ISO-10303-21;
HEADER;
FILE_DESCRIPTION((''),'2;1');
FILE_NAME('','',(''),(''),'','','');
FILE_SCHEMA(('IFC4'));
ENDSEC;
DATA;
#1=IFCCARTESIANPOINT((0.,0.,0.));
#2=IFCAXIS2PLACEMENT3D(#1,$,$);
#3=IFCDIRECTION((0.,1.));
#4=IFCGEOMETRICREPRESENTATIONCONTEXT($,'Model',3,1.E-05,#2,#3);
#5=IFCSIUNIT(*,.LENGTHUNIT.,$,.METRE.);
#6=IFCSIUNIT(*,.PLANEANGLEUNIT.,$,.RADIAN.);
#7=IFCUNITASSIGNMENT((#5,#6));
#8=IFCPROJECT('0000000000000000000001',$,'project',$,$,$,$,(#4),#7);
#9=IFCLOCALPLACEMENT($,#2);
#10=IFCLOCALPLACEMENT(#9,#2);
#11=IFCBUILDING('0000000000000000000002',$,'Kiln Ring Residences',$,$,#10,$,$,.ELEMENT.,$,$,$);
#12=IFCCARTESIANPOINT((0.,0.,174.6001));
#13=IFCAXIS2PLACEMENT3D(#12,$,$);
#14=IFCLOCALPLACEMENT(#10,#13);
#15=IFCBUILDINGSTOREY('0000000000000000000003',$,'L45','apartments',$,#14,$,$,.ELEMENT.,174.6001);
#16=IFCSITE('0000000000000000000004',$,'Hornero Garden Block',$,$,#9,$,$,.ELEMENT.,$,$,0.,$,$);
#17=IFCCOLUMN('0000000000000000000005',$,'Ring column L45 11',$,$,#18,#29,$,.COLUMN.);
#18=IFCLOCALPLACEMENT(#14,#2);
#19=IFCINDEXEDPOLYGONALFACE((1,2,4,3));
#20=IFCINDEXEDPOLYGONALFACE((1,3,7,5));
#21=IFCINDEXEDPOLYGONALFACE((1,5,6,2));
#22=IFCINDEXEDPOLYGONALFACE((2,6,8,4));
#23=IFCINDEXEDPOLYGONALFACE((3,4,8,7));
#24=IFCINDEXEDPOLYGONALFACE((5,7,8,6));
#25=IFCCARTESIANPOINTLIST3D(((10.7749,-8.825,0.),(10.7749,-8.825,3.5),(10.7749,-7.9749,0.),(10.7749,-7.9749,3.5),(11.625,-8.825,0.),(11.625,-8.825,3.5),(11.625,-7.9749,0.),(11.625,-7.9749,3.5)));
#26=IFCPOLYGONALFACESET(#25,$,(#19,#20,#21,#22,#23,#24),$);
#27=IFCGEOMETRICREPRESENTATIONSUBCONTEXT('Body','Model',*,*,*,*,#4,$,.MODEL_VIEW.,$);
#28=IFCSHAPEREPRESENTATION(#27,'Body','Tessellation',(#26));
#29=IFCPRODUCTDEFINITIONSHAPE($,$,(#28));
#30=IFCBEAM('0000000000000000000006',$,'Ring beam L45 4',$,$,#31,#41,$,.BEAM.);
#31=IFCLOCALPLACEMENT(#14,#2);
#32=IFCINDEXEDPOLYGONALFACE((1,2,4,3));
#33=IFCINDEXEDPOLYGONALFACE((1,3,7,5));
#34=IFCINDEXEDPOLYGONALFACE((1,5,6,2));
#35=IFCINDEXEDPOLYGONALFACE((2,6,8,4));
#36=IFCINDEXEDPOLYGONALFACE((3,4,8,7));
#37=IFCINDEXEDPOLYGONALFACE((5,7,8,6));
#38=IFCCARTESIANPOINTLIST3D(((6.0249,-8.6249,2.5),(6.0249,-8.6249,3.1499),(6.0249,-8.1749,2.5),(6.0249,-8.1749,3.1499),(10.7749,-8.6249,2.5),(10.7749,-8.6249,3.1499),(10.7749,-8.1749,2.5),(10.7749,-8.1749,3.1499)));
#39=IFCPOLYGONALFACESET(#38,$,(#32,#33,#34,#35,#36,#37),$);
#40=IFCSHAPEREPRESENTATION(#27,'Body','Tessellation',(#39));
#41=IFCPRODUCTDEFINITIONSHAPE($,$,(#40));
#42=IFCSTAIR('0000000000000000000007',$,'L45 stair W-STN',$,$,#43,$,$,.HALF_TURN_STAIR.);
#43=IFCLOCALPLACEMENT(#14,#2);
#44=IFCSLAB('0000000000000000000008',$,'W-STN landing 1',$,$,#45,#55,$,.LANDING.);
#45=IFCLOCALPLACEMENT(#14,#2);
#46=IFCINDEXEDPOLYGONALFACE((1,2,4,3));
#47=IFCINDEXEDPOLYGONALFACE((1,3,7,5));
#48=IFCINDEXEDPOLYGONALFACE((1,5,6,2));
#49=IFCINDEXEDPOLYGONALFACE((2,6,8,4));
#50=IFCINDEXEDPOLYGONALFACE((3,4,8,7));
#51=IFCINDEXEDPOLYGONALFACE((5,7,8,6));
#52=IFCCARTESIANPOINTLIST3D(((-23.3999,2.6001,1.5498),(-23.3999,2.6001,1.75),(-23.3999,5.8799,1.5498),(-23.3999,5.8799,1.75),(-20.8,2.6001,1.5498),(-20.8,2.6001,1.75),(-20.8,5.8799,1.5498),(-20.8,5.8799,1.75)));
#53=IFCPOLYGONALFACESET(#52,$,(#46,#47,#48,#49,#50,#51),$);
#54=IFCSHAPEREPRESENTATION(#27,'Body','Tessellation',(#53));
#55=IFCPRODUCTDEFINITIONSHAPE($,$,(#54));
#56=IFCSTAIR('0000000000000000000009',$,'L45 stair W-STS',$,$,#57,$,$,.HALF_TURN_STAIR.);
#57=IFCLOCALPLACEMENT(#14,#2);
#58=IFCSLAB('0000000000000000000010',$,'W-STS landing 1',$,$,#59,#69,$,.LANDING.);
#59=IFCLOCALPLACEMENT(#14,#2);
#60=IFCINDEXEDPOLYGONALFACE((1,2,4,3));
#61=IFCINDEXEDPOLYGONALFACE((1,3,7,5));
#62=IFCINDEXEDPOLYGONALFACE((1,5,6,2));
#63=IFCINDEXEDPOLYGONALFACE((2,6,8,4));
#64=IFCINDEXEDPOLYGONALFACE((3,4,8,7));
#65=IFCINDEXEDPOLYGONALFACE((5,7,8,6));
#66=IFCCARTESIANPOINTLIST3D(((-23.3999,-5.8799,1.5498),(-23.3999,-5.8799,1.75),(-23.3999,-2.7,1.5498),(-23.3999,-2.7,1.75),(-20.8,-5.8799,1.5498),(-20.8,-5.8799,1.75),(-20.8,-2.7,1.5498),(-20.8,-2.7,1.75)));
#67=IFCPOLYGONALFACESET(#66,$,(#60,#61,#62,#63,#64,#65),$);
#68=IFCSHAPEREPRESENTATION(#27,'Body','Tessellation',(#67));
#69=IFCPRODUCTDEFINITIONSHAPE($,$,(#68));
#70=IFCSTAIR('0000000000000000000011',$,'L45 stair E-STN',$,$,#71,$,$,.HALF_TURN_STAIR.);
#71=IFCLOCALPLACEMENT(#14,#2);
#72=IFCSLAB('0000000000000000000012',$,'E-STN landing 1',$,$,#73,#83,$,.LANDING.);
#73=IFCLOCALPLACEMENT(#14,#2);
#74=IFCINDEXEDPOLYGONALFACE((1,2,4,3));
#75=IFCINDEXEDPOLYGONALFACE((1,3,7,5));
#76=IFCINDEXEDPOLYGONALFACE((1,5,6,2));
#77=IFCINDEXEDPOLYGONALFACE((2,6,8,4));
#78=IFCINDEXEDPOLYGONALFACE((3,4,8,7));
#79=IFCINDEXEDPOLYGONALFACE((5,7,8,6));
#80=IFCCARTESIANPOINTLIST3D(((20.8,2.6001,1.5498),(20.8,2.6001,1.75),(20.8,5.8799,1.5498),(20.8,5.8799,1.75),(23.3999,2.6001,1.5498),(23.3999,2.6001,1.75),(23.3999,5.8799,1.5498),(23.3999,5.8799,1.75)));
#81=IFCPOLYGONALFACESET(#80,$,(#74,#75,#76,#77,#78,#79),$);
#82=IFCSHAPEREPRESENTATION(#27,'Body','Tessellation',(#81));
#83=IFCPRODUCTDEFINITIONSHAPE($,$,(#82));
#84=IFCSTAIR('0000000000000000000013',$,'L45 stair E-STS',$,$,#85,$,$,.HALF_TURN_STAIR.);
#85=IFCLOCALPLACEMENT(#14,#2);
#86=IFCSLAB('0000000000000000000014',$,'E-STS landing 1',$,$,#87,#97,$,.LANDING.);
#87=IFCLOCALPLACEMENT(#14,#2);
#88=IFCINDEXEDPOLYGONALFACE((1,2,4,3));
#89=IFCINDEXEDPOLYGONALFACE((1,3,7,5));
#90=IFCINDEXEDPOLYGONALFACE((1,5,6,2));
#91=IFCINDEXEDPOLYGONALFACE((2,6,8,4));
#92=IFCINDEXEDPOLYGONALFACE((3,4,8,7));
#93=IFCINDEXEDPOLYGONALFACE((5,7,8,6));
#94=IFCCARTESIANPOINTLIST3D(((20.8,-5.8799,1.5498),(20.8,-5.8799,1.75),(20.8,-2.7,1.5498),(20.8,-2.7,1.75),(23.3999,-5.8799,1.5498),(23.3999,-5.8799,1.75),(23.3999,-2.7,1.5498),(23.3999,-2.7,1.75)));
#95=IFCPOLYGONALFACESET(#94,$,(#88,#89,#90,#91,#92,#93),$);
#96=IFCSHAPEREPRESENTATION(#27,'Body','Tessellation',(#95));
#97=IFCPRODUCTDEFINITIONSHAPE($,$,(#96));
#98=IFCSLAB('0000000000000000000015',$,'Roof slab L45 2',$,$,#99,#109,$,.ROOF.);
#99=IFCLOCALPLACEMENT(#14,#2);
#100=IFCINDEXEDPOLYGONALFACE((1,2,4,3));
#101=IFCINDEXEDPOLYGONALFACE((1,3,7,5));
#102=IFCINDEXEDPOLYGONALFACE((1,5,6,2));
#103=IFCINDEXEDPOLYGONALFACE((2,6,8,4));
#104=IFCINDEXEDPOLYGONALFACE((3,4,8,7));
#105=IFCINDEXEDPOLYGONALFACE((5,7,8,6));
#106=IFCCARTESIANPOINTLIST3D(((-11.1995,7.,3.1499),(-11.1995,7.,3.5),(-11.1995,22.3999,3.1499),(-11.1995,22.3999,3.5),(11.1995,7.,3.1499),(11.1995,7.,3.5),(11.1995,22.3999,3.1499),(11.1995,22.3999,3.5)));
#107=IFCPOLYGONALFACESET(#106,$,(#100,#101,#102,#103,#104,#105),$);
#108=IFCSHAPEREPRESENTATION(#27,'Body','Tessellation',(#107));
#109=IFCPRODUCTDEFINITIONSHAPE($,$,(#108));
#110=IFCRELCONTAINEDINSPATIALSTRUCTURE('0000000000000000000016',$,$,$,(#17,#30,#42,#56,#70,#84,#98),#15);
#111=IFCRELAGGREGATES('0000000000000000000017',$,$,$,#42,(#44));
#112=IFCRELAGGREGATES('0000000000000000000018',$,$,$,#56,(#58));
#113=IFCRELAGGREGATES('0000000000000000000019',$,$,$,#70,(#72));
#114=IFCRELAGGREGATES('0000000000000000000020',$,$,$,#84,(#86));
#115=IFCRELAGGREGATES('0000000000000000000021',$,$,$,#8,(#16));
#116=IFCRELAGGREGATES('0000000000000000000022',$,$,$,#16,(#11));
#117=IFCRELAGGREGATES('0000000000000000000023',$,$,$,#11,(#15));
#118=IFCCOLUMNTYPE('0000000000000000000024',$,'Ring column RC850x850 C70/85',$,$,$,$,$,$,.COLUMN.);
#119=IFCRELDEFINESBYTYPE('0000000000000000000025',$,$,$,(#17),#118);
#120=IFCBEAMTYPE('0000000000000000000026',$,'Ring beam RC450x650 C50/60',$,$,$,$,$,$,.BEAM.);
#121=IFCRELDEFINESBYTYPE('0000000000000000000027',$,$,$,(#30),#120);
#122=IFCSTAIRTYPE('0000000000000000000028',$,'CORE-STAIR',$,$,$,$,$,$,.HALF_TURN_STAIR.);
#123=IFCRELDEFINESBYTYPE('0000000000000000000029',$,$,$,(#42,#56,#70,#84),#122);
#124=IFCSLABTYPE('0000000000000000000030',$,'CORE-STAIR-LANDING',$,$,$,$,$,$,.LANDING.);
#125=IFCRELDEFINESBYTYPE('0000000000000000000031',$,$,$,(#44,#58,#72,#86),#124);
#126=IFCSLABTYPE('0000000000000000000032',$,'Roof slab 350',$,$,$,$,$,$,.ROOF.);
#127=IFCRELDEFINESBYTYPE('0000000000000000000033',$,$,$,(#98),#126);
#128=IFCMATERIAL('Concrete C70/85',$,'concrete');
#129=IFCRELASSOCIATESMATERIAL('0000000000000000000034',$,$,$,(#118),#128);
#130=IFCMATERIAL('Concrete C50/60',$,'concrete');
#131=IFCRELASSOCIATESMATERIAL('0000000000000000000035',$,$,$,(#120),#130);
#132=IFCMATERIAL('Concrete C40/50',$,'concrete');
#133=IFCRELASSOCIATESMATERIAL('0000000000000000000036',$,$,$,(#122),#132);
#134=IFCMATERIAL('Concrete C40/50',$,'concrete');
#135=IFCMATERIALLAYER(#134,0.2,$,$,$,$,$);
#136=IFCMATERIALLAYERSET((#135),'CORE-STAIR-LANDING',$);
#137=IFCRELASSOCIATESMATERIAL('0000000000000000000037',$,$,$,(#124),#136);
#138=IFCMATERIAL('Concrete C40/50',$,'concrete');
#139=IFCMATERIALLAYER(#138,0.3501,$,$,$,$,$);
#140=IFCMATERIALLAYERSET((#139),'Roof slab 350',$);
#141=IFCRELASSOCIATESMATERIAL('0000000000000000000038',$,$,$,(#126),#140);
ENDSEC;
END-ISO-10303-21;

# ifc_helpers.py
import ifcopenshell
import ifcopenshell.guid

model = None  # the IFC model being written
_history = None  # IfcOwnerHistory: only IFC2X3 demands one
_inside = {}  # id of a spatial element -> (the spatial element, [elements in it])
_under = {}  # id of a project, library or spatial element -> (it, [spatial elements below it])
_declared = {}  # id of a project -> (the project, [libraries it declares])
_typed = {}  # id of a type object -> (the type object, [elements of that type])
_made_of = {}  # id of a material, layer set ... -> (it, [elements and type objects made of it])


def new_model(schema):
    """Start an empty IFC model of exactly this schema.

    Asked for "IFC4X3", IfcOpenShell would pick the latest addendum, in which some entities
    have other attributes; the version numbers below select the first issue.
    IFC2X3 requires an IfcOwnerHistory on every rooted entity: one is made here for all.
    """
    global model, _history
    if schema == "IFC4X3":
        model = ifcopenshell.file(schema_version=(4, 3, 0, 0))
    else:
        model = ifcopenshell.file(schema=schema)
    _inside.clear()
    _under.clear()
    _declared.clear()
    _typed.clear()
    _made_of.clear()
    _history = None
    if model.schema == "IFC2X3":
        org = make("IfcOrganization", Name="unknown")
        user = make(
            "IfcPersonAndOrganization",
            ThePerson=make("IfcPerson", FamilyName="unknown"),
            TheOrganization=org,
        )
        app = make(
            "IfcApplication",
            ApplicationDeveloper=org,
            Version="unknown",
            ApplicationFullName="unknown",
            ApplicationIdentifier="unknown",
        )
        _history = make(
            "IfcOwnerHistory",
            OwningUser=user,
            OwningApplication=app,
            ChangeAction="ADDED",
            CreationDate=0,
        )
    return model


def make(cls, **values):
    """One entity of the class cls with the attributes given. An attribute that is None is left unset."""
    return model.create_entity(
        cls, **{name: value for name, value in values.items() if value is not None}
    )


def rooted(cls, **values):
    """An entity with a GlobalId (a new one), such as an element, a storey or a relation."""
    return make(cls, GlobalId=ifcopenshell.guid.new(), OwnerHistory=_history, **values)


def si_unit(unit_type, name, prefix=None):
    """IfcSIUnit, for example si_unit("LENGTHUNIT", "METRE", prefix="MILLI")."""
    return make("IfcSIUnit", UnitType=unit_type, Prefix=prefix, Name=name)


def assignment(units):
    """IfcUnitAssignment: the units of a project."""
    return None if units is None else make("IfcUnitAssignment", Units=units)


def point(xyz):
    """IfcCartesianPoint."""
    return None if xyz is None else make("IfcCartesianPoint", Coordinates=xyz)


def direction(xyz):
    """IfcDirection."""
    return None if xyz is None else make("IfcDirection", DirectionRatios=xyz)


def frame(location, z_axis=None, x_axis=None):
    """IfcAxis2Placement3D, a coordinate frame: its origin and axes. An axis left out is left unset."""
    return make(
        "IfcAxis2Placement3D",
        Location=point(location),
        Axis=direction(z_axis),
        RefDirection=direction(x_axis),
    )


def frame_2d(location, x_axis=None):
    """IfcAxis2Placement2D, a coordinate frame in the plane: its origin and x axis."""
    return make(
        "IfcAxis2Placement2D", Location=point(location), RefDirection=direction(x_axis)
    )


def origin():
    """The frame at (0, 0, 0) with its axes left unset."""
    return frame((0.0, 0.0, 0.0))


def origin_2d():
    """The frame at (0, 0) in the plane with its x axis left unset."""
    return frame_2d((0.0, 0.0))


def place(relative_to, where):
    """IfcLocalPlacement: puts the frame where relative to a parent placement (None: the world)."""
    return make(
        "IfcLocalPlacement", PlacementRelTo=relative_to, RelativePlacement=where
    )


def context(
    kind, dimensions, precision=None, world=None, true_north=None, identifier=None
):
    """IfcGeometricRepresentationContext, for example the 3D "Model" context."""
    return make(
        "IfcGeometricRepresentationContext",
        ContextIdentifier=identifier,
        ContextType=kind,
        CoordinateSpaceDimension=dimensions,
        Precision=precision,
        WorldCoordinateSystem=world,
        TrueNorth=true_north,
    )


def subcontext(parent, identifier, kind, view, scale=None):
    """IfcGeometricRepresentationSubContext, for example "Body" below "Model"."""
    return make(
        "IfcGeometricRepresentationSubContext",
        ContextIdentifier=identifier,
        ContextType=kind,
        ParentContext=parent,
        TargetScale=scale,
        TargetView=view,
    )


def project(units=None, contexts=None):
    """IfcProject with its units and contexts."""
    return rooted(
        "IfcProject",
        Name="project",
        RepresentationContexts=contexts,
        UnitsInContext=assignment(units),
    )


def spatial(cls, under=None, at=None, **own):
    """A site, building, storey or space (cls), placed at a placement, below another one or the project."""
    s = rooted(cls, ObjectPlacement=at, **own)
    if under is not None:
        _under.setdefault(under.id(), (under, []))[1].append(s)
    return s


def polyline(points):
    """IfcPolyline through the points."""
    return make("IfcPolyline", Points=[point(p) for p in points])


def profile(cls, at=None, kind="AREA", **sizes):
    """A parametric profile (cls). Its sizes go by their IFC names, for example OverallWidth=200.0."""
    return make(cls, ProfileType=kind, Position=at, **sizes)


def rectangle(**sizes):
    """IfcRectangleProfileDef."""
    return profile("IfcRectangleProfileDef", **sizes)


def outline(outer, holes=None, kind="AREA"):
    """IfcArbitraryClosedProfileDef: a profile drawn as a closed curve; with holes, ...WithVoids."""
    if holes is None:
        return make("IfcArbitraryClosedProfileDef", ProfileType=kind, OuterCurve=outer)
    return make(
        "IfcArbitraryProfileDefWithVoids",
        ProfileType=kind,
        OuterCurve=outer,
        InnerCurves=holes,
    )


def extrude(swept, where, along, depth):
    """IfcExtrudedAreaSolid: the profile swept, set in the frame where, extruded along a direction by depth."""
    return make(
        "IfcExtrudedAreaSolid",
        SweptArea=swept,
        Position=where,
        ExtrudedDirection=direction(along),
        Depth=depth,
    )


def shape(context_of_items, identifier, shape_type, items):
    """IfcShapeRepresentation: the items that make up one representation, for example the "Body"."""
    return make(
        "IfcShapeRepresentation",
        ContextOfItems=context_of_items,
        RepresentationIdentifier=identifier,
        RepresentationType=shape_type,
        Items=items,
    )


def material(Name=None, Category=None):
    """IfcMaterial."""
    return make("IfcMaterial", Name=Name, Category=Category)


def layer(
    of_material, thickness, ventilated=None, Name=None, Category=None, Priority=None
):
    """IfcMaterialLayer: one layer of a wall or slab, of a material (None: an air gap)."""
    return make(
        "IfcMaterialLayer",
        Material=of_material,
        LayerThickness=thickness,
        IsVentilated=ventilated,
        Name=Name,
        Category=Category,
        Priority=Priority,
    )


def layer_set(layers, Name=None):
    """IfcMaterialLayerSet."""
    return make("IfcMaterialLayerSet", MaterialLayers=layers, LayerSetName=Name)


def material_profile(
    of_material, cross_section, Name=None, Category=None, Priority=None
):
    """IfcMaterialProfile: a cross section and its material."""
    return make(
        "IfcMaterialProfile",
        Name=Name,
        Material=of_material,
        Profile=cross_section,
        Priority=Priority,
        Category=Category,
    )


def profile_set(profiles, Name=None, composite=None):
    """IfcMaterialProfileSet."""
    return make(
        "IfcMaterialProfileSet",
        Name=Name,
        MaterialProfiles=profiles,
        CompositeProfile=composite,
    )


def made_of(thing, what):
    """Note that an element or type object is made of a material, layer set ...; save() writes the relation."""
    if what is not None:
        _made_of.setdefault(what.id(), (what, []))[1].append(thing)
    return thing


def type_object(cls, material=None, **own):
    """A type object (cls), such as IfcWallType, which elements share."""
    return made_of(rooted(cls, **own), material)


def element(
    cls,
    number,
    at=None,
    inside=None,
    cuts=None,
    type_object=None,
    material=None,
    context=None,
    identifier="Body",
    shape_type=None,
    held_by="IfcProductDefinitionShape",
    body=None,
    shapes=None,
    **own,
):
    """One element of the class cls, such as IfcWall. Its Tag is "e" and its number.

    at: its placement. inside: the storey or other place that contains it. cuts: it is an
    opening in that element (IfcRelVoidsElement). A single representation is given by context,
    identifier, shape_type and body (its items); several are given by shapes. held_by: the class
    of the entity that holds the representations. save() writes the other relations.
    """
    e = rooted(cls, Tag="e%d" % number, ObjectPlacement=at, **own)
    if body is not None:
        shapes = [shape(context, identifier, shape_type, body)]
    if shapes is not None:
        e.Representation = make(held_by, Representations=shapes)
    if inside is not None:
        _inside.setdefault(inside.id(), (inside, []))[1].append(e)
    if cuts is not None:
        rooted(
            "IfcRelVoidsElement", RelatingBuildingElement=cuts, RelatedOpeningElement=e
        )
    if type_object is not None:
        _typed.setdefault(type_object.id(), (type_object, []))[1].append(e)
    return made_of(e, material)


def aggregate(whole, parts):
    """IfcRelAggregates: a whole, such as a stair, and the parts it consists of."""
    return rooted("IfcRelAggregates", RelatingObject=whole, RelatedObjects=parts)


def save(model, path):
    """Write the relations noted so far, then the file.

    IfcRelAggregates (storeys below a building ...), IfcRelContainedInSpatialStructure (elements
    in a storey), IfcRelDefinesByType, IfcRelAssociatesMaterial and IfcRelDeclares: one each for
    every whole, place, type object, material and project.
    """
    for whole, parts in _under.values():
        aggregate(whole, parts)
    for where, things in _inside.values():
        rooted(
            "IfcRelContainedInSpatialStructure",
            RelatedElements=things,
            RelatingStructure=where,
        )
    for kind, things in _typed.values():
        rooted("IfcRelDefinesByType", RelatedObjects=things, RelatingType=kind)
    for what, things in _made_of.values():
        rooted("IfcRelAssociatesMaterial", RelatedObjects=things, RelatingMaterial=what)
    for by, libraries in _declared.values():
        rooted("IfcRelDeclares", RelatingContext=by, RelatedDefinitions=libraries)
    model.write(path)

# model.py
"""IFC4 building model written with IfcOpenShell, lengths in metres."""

from ifc_helpers import new_model, si_unit, direction, frame, origin, origin_2d, place, context, subcontext, project, spatial, polyline, rectangle, outline, extrude, material, layer, layer_set, material_profile, profile_set, type_object, element, aggregate, save


model = new_model("IFC4")

# Units and contexts
model_context = context("Model", 3, precision=1e-05, world=origin(), true_north=direction((0.0, 1.0)))
body_context = subcontext(model_context, "Body", "Model", "MODEL_VIEW")
ifc_project = project(units=[si_unit("LENGTHUNIT", "METRE"), si_unit("PLANEANGLEUNIT", "RADIAN")], contexts=[model_context])

# Site, building, storey
site_placement = place(None, origin())
site = spatial("IfcSite", under=ifc_project, at=site_placement, Name="Hornero Garden Block", CompositionType="ELEMENT", RefElevation=0.0)
building_placement = place(site_placement, origin())
building = spatial("IfcBuilding", under=site, at=building_placement, Name="Kiln Ring Residences", CompositionType="ELEMENT")
storey_placement = place(building_placement, frame((0.0, 0.0, 174.6001)))
storey = spatial("IfcBuildingStorey", under=building, at=storey_placement, Name="L45", Description="apartments", CompositionType="ELEMENT", Elevation=174.6001)

# Column
ifc_material_1 = material(Name="Concrete C70/85", Category="concrete")
ifc_material_profile_1 = material_profile(ifc_material_1, rectangle(XDim=0.8501, YDim=0.8501, at=origin_2d()), Name="RC850x850")
ifc_profile_set_1 = profile_set([ifc_material_profile_1], Name="Concrete C70/85")
column_type = type_object("IfcColumnType", Name="Ring column RC850x850 C70/85", PredefinedType="COLUMN", material=ifc_profile_set_1)
column_placement = place(storey_placement, frame((11.2, -8.3999, 0.0), z_axis=(0.0, 0.0, 1.0), x_axis=(1.0, 0.0, 0.0)))
element("IfcColumn", 1, at=column_placement, inside=storey, type_object=column_type, Name="Ring column L45 11", PredefinedType="COLUMN", context=body_context, shape_type="SweptSolid", body=[
    extrude(rectangle(XDim=0.8501, YDim=0.8501, at=origin_2d()), origin(), (0.0, 0.0, 1.0), 3.5),
])

# Beam
ifc_material_2 = material(Name="Concrete C50/60", Category="concrete")
ifc_material_profile_2 = material_profile(ifc_material_2, rectangle(XDim=0.45, YDim=0.6499, at=origin_2d()), Name="RC450x650")
ifc_profile_set_2 = profile_set([ifc_material_profile_2], Name="Concrete C50/60")
beam_type = type_object("IfcBeamType", Name="Ring beam RC450x650 C50/60", PredefinedType="BEAM", material=ifc_profile_set_2)
beam_placement = place(storey_placement, frame((6.0249, -8.3999, 2.825), z_axis=(1.0, 0.0, 0.0), x_axis=(0.0, 1.0, 0.0)))
element("IfcBeam", 2, at=beam_placement, inside=storey, type_object=beam_type, Name="Ring beam L45 4", PredefinedType="BEAM", context=body_context, shape_type="SweptSolid", body=[
    extrude(rectangle(XDim=0.45, YDim=0.6499, at=origin_2d()), origin(), (0.0, 0.0, 1.0), 4.75),
])

# Stairs, slabs
ifc_material_3 = material(Name="Concrete C40/50", Category="concrete")
stair_type = type_object("IfcStairType", Name="CORE-STAIR", PredefinedType="HALF_TURN_STAIR", material=ifc_material_3)
placement_1 = place(storey_placement, origin())
stair_1 = element("IfcStair", 3, at=placement_1, inside=storey, type_object=stair_type, Name="L45 stair W-STN", PredefinedType="HALF_TURN_STAIR")
ifc_material_4 = material(Name="Concrete C40/50", Category="concrete")
ifc_layer_1 = layer(ifc_material_4, 0.2)
ifc_layer_set_1 = layer_set([ifc_layer_1], Name="CORE-STAIR-LANDING")
slab_type_1 = type_object("IfcSlabType", Name="CORE-STAIR-LANDING", PredefinedType="LANDING", material=ifc_layer_set_1)
placement_2 = place(storey_placement, frame((0.0, 0.0, 1.5498)))
slab_1 = element("IfcSlab", 4, at=placement_2, type_object=slab_type_1, Name="W-STN landing 1", PredefinedType="LANDING", context=body_context, shape_type="SweptSolid", body=[
    extrude(outline(polyline([(-23.3999, 5.8799), (-23.3999, 2.6001), (-20.8, 2.6001), (-20.8, 5.8799), (-23.3999, 5.8799)])), origin(), (0.0, 0.0, 1.0), 0.2002),
])
aggregate(stair_1, [slab_1])
stair_2 = element("IfcStair", 5, at=placement_1, inside=storey, type_object=stair_type, Name="L45 stair W-STS", PredefinedType="HALF_TURN_STAIR")
slab_2 = element("IfcSlab", 6, at=placement_2, type_object=slab_type_1, Name="W-STS landing 1", PredefinedType="LANDING", context=body_context, shape_type="SweptSolid", body=[
    extrude(outline(polyline([(-20.8, -5.8799), (-20.8, -2.7), (-23.3999, -2.7), (-23.3999, -5.8799), (-20.8, -5.8799)])), origin(), (0.0, 0.0, 1.0), 0.2002),
])
aggregate(stair_2, [slab_2])
stair_3 = element("IfcStair", 7, at=placement_1, inside=storey, type_object=stair_type, Name="L45 stair E-STN", PredefinedType="HALF_TURN_STAIR")
slab_3 = element("IfcSlab", 8, at=placement_2, type_object=slab_type_1, Name="E-STN landing 1", PredefinedType="LANDING", context=body_context, shape_type="SweptSolid", body=[
    extrude(outline(polyline([(20.8, 5.8799), (20.8, 2.6001), (23.3999, 2.6001), (23.3999, 5.8799), (20.8, 5.8799)])), origin(), (0.0, 0.0, 1.0), 0.2002),
])
aggregate(stair_3, [slab_3])
stair_4 = element("IfcStair", 9, at=placement_1, inside=storey, type_object=stair_type, Name="L45 stair E-STS", PredefinedType="HALF_TURN_STAIR")
slab_4 = element("IfcSlab", 10, at=placement_2, type_object=slab_type_1, Name="E-STS landing 1", PredefinedType="LANDING", context=body_context, shape_type="SweptSolid", body=[
    extrude(outline(polyline([(23.3999, -5.8799), (23.3999, -2.7), (20.8, -2.7), (20.8, -5.8799), (23.3999, -5.8799)])), origin(), (0.0, 0.0, 1.0), 0.2002),
])
aggregate(stair_4, [slab_4])

# Slab
ifc_material_5 = material(Name="Concrete C40/50", Category="concrete")
ifc_layer_2 = layer(ifc_material_5, 0.3501)
ifc_layer_set_2 = layer_set([ifc_layer_2], Name="Roof slab 350")
slab_type_2 = type_object("IfcSlabType", Name="Roof slab 350", PredefinedType="ROOF", material=ifc_layer_set_2)
slab_5_placement = place(storey_placement, frame((0.0, 0.0, 3.1499)))
element("IfcSlab", 11, at=slab_5_placement, inside=storey, type_object=slab_type_2, Name="Roof slab L45 2", PredefinedType="ROOF", context=body_context, shape_type="SweptSolid", body=[
    extrude(outline(polyline([(-11.1995, 22.3999), (-11.1995, 7.0), (11.1995, 7.0), (11.1995, 22.3999), (-11.1995, 22.3999)])), origin(), (0.0, 0.0, 1.0), 0.3501),
])

save(model, "model.ifc")
